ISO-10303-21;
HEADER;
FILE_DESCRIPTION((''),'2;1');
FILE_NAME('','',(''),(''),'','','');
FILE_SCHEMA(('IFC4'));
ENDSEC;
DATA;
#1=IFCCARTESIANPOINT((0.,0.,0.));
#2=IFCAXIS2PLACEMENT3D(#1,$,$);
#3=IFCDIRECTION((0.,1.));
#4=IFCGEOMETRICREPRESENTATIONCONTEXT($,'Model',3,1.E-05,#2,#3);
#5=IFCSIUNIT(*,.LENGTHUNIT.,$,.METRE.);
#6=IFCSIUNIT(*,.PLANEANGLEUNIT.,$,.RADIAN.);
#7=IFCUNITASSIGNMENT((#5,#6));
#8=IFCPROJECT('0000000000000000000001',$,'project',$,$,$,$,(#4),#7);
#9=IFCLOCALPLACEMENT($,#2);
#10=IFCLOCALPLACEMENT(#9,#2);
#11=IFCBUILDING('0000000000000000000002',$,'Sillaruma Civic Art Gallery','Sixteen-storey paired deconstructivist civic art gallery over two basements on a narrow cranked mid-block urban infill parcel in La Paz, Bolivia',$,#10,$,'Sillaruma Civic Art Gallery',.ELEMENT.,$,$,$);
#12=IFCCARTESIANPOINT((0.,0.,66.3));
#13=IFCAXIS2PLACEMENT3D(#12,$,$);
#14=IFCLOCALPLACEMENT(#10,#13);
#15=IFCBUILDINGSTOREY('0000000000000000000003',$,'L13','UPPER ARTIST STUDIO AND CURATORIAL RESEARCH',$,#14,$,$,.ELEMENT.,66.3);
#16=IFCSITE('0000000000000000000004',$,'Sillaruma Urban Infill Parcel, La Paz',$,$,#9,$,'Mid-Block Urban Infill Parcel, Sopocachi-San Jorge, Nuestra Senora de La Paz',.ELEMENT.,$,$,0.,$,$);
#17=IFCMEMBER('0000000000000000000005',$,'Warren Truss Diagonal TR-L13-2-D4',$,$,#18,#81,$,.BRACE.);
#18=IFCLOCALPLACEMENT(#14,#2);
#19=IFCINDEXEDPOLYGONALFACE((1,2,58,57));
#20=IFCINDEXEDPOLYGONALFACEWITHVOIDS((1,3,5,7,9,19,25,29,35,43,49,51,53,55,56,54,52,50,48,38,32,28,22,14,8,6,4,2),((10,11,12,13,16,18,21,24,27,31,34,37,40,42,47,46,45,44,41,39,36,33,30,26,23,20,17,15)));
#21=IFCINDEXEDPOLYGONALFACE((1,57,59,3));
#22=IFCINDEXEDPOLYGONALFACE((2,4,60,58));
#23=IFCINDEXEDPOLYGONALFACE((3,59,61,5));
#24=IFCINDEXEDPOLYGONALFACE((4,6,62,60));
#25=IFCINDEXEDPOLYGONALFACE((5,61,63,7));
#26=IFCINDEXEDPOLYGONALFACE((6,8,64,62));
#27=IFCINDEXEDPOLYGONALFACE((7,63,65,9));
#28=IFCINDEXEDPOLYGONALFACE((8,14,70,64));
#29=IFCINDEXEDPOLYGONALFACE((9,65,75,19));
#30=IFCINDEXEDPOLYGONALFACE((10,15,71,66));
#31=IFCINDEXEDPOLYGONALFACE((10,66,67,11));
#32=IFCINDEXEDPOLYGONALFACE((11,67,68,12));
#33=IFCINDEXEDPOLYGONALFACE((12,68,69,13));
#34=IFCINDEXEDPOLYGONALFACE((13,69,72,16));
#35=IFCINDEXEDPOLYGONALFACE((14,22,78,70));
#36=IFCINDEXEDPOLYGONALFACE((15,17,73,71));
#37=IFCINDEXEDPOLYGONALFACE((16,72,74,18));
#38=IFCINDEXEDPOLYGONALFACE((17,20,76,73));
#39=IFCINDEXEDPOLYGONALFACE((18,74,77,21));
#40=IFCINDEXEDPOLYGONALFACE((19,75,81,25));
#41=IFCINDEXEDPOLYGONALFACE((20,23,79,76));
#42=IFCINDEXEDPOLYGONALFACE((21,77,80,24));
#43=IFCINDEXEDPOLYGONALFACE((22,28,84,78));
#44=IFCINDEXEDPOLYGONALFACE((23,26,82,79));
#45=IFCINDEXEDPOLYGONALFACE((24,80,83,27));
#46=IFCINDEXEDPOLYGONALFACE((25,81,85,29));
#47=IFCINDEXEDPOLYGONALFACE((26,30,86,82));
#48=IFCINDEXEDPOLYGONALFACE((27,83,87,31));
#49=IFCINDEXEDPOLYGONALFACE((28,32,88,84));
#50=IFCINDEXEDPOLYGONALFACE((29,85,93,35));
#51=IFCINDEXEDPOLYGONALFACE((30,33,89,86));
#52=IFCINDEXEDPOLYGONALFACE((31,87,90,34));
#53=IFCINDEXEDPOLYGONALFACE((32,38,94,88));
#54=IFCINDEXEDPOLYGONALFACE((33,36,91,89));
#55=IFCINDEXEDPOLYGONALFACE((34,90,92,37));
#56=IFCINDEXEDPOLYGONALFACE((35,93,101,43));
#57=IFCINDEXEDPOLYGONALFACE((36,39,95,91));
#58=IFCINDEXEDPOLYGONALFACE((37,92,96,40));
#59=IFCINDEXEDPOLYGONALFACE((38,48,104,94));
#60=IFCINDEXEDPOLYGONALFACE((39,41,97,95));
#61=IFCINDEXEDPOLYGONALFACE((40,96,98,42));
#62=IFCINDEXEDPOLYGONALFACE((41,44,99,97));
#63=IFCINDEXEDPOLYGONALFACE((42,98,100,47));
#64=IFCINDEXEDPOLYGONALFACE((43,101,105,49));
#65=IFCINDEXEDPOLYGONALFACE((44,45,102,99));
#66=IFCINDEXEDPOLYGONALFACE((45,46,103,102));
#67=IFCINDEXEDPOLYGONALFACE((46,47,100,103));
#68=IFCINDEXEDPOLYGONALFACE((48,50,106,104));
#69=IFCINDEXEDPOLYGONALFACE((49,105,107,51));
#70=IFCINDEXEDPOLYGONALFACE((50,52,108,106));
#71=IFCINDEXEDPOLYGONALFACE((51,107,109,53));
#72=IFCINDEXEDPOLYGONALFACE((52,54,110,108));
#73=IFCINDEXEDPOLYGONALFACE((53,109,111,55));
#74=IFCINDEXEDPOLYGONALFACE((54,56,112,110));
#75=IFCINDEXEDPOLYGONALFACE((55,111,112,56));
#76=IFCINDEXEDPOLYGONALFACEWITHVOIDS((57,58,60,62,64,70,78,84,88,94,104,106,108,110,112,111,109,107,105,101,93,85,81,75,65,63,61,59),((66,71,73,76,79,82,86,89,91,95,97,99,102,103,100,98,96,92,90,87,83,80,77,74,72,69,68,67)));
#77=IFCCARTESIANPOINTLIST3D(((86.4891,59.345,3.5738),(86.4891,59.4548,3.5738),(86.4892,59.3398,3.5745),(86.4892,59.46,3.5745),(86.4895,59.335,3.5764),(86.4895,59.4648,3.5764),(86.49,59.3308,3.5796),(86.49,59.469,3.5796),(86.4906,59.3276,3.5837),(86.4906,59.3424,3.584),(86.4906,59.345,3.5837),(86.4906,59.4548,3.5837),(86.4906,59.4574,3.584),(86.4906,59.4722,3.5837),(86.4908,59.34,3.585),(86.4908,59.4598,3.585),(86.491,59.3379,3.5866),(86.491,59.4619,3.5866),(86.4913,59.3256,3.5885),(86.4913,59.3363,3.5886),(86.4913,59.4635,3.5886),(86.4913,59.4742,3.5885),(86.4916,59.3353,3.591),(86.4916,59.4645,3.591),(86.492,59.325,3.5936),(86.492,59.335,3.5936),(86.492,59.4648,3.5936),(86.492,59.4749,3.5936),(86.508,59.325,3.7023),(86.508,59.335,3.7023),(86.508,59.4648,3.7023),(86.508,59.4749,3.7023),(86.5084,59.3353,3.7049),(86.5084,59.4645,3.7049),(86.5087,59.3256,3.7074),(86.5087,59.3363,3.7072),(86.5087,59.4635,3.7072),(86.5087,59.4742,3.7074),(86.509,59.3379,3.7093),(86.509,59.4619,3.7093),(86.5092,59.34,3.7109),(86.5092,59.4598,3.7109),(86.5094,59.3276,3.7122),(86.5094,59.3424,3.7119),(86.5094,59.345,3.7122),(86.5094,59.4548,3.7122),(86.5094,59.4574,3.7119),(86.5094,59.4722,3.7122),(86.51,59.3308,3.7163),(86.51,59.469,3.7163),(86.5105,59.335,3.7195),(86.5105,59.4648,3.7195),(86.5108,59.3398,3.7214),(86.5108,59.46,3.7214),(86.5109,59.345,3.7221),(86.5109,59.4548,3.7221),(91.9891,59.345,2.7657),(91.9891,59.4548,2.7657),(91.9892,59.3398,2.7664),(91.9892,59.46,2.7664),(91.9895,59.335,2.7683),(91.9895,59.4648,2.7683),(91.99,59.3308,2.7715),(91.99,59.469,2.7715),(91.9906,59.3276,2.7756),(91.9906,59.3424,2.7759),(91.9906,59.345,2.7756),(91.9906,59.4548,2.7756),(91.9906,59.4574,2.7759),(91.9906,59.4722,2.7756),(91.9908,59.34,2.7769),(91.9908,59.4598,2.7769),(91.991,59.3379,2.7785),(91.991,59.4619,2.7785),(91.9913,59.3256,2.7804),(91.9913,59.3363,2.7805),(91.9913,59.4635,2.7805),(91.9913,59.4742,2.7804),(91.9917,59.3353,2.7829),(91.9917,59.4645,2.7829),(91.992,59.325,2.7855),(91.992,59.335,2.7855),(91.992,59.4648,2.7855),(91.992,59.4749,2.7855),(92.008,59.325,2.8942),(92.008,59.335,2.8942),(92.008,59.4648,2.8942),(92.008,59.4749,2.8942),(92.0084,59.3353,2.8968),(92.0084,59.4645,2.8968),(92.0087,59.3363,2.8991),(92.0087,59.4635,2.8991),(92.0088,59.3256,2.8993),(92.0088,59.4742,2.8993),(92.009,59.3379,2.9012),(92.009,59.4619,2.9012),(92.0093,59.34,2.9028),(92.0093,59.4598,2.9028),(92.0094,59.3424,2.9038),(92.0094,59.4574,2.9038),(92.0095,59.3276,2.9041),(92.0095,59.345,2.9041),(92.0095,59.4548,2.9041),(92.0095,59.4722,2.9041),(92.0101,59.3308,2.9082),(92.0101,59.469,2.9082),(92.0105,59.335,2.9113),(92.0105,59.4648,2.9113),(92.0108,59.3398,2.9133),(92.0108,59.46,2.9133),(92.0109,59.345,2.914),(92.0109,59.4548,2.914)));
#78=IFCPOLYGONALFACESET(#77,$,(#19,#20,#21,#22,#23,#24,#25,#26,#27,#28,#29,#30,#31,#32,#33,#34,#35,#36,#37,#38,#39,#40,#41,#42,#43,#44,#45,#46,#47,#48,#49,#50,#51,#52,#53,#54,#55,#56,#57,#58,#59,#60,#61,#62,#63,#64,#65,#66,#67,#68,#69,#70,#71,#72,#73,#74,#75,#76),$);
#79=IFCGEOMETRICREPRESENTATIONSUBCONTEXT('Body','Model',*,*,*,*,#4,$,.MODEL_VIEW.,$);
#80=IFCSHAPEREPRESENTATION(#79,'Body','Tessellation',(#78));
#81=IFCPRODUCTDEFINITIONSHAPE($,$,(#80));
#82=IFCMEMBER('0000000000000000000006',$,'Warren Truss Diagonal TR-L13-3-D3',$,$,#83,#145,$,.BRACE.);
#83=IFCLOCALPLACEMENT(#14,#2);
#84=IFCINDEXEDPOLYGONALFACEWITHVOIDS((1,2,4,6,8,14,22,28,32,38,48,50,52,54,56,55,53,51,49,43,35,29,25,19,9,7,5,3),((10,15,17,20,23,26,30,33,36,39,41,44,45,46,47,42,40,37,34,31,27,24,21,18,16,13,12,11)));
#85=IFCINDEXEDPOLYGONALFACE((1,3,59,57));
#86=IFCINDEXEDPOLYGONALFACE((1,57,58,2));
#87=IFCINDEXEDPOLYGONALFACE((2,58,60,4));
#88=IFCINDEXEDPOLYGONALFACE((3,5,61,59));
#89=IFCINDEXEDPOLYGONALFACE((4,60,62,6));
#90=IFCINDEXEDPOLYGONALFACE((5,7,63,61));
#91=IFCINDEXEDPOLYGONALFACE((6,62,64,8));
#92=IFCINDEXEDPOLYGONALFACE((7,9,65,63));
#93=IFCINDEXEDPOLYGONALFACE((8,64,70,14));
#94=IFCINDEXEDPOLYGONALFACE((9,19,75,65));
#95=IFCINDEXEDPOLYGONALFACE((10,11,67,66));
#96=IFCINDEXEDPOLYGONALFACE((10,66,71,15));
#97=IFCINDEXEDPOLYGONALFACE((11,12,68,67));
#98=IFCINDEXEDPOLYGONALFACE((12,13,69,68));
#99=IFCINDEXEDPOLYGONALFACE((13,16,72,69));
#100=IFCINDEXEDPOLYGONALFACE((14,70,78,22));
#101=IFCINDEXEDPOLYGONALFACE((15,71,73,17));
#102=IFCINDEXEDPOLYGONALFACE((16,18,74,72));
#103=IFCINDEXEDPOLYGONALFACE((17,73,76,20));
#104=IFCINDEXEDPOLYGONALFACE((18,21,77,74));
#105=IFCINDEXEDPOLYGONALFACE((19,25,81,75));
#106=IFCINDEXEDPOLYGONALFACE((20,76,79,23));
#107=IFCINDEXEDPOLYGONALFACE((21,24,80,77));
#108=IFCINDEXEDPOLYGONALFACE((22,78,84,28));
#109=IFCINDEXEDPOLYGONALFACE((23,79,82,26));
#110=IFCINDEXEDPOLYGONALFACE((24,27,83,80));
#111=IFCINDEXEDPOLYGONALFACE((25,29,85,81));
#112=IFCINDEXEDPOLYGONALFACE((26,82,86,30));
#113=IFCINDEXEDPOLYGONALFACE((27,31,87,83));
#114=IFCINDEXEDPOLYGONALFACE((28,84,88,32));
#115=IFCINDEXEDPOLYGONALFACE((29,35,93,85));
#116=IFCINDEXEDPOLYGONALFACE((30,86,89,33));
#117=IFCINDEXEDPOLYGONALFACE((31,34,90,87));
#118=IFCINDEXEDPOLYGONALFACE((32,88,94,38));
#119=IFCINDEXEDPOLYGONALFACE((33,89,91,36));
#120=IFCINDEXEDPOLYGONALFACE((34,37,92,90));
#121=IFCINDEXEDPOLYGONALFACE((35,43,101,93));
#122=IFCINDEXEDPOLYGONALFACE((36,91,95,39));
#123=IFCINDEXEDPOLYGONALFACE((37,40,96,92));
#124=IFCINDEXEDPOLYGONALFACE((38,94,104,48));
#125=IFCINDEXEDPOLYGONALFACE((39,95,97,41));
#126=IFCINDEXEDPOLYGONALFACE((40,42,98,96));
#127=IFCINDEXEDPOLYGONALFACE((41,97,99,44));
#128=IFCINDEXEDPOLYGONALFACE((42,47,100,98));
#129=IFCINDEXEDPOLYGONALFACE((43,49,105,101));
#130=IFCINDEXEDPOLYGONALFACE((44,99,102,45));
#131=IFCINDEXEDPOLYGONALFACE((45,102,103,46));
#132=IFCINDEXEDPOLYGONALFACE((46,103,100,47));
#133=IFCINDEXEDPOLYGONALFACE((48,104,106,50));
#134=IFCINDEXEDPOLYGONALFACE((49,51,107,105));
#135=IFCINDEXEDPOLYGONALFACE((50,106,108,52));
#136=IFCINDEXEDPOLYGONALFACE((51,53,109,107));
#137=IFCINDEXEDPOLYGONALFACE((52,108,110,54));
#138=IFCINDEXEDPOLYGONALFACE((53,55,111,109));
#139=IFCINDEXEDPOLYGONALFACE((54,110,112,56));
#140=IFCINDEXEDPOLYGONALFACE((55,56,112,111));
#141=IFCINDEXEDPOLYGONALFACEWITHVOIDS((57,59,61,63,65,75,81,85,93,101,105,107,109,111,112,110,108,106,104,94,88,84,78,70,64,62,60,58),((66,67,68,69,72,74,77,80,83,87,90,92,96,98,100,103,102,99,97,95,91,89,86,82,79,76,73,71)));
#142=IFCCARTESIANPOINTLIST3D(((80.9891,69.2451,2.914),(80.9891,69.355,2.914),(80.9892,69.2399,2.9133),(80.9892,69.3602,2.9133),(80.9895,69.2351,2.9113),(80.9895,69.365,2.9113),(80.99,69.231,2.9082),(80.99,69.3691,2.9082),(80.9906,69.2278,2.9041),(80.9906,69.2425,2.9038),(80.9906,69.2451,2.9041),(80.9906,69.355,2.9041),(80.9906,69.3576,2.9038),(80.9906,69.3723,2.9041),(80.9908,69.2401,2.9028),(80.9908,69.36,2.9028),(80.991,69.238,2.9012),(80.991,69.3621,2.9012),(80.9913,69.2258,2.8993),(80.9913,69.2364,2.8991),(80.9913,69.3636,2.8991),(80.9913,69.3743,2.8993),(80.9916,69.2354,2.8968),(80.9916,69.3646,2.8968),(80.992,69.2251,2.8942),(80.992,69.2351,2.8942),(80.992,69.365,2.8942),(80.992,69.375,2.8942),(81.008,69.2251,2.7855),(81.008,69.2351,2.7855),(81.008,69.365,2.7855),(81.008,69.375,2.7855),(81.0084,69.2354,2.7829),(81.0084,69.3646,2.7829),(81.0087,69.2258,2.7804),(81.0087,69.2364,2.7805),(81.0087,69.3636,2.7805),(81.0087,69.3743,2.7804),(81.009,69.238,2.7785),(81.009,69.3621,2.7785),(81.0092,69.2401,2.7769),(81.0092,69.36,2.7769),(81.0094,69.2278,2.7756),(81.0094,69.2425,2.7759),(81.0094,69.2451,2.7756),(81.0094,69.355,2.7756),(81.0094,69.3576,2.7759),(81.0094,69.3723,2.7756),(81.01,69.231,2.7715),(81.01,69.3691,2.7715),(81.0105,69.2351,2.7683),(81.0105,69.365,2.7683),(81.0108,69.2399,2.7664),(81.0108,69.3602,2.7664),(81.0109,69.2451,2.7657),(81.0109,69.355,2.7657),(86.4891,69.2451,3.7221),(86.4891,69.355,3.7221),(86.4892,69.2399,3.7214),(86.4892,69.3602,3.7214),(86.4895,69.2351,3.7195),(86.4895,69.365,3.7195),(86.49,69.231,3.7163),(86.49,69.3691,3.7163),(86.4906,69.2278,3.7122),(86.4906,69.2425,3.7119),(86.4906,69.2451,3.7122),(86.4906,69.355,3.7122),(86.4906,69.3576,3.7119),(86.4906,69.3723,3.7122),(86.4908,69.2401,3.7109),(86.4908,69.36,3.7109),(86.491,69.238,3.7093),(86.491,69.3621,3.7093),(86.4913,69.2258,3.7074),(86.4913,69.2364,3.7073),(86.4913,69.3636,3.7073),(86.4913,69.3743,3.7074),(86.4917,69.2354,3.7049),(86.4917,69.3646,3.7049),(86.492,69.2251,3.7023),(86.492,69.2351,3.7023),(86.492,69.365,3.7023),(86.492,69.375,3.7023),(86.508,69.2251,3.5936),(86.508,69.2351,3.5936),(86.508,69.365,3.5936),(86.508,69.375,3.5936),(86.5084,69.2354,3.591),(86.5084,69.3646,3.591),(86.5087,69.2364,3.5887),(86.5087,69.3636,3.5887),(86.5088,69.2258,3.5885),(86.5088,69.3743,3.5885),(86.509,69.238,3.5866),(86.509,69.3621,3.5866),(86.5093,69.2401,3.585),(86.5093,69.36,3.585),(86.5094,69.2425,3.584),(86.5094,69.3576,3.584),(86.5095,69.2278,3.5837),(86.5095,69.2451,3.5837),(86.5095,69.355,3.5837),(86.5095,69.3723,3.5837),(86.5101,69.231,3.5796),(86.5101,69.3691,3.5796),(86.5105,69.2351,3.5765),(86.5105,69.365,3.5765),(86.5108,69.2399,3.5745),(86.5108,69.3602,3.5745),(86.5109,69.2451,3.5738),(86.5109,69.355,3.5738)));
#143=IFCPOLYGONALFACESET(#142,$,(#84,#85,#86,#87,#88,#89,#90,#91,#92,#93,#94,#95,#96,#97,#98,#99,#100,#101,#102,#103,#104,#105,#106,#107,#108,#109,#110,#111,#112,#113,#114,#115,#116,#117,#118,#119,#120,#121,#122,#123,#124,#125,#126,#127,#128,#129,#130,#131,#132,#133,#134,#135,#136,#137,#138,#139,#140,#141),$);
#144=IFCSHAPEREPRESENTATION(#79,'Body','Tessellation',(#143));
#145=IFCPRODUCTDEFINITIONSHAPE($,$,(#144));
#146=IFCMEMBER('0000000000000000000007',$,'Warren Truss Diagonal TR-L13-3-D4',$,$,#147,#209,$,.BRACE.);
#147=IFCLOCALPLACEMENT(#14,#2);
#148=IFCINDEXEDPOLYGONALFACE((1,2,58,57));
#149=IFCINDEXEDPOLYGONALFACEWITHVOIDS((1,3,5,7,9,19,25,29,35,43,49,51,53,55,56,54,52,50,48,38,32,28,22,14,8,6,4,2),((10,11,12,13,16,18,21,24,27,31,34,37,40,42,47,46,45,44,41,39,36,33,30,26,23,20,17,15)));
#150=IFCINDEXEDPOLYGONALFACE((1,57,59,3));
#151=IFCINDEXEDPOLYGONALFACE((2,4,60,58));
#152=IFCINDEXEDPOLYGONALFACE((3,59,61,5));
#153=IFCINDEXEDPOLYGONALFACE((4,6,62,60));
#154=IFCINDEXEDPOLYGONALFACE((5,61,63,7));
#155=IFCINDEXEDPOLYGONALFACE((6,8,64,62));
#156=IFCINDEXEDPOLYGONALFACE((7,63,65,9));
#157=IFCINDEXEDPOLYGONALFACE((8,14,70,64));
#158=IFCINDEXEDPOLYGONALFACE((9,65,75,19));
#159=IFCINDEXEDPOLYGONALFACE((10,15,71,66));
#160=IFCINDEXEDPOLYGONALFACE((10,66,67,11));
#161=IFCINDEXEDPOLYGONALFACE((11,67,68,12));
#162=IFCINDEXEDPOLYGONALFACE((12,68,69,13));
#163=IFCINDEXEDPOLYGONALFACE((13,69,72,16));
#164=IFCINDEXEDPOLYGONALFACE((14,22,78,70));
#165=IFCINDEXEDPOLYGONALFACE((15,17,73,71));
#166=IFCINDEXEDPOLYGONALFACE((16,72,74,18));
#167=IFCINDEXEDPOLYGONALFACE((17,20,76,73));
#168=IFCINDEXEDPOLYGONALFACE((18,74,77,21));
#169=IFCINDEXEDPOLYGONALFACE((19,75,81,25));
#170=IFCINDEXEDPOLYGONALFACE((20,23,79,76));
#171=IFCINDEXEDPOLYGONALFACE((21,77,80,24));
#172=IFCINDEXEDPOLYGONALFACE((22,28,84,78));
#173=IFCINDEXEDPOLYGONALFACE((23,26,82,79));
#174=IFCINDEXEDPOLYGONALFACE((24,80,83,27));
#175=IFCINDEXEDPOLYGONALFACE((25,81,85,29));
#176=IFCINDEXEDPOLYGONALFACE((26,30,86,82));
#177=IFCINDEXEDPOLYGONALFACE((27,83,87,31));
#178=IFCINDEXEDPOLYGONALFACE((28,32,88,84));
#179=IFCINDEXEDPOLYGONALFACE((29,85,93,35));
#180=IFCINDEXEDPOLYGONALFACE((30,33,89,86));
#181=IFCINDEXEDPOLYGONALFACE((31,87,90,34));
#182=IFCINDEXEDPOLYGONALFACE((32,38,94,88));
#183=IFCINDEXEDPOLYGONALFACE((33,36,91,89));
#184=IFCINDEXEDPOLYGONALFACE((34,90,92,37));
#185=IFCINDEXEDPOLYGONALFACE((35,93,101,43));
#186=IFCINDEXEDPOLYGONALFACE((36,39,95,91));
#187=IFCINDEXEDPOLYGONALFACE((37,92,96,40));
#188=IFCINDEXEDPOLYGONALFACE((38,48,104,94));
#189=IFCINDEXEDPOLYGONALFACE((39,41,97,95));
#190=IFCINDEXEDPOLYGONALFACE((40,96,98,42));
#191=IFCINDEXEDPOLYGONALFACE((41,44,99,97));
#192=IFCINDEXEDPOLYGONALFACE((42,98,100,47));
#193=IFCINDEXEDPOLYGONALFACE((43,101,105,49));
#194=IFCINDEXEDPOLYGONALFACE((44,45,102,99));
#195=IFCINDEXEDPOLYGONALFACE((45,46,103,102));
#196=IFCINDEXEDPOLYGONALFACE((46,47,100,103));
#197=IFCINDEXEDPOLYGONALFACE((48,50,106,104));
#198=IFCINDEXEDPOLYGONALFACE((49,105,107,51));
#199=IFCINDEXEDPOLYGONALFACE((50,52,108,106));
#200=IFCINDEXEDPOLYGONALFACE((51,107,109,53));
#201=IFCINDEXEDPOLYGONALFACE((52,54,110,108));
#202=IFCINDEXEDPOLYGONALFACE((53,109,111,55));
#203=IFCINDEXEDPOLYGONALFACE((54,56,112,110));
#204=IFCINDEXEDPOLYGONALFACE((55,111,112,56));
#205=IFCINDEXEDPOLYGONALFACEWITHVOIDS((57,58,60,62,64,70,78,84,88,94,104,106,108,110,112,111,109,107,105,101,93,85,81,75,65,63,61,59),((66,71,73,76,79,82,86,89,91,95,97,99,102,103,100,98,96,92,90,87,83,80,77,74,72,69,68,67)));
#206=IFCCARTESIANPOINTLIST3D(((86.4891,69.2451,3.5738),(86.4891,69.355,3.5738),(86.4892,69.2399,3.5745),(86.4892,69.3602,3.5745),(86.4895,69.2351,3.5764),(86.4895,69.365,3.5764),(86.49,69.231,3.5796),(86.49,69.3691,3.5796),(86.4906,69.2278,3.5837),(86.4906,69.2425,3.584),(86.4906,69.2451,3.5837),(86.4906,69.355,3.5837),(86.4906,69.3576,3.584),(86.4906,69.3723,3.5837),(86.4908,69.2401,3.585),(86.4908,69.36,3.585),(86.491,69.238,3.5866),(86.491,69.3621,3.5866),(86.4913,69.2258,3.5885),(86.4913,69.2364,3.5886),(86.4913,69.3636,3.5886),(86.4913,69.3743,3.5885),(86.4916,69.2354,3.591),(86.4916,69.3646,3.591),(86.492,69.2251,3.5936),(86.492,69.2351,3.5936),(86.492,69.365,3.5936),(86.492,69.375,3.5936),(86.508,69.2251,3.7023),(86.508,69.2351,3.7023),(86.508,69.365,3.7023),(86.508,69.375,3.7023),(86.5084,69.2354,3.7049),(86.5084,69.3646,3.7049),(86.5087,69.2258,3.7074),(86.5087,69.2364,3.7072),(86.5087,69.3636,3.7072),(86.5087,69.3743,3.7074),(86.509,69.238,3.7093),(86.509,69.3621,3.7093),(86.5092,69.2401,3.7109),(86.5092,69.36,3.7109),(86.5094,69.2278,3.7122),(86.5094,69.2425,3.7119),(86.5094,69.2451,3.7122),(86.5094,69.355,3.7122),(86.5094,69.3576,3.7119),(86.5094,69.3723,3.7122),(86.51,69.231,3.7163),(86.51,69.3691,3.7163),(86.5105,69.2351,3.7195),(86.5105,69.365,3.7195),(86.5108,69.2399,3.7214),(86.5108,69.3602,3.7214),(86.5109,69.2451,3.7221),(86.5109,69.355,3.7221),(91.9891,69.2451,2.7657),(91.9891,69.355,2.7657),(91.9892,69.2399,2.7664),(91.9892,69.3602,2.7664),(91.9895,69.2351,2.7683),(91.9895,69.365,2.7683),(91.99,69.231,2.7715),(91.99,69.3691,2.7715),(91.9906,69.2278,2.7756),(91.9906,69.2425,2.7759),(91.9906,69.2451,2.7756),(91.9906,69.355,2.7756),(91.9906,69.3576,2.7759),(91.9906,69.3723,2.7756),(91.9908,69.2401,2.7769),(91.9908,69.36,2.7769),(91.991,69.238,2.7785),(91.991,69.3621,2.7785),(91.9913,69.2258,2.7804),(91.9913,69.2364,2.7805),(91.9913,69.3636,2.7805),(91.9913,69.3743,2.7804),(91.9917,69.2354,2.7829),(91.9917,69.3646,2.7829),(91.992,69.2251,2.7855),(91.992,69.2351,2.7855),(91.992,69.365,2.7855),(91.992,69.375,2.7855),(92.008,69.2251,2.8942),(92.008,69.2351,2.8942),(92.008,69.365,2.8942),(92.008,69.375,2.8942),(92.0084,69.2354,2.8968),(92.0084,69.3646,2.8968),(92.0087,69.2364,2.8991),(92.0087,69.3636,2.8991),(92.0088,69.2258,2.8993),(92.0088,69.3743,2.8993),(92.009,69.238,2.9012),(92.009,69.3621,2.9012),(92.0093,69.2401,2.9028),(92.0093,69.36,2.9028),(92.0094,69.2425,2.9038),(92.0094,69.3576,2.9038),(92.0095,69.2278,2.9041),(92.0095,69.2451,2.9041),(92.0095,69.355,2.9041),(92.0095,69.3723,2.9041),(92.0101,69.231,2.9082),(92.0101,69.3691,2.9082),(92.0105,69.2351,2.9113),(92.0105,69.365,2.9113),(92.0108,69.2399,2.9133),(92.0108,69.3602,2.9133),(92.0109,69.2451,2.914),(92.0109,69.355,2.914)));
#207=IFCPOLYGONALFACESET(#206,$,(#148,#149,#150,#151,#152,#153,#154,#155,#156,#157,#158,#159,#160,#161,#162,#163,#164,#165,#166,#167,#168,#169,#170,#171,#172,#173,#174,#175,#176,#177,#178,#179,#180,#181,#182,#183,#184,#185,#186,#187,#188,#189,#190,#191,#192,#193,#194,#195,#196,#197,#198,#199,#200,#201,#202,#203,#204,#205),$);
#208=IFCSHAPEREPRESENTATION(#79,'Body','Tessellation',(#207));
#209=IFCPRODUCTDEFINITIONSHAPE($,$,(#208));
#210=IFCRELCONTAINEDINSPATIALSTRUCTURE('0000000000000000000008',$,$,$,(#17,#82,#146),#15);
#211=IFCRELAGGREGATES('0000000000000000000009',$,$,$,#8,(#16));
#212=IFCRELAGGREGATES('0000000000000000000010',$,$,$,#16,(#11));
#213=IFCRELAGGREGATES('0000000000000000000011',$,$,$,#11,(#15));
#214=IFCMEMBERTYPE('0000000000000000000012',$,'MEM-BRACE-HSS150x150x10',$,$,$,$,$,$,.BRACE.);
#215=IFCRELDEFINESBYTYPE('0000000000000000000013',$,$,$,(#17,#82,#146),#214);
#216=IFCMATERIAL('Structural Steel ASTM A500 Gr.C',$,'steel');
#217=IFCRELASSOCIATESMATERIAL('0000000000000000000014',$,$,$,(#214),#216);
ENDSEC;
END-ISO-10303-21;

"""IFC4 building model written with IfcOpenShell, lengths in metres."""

from ifc_helpers import new_model, si_unit, direction, frame, origin, origin_2d, place, context, subcontext, project, spatial, hollow_rectangle, extrude, material, material_profile, profile_set, type_object, element, save


model = new_model("IFC4")

# Units and contexts
model_context = context("Model", 3, precision=1e-05, world=origin(), true_north=direction((0.0, 1.0)))
body_context = subcontext(model_context, "Body", "Model", "MODEL_VIEW")
ifc_project = project(units=[si_unit("LENGTHUNIT", "METRE"), si_unit("PLANEANGLEUNIT", "RADIAN")], contexts=[model_context])

# Site, building, storey
site_placement = place(None, origin())
site = spatial("IfcSite", under=ifc_project, at=site_placement, Name="Sillaruma Urban Infill Parcel, La Paz", LongName="Mid-Block Urban Infill Parcel, Sopocachi-San Jorge, Nuestra Senora de La Paz", CompositionType="ELEMENT", RefElevation=0.0)
building_placement = place(site_placement, origin())
building = spatial("IfcBuilding", under=site, at=building_placement, Name="Sillaruma Civic Art Gallery", Description="Sixteen-storey paired deconstructivist civic art gallery over two basements on a narrow cranked mid-block urban infill parcel in La Paz, Bolivia", LongName="Sillaruma Civic Art Gallery", CompositionType="ELEMENT")
storey_placement = place(building_placement, frame((0.0, 0.0, 66.3)))
storey = spatial("IfcBuildingStorey", under=building, at=storey_placement, Name="L13", Description="UPPER ARTIST STUDIO AND CURATORIAL RESEARCH", CompositionType="ELEMENT", Elevation=66.3)

# Shared definitions
ifc_material_1 = material(Name="Structural Steel ASTM A500 Gr.C", Category="steel")

# Members
ifc_material_profile_1 = material_profile(ifc_material_1, hollow_rectangle(XDim=0.1499, YDim=0.1499, WallThickness=0.01, InnerFilletRadius=0.01, OuterFilletRadius=0.02, at=origin_2d()), Name="HSS150x150x10")
ifc_profile_set_1 = profile_set([ifc_material_profile_1], Name="Structural Steel ASTM A500 Gr.C")
member_type_1 = type_object("IfcMemberType", Name="MEM-BRACE-HSS150x150x10", PredefinedType="BRACE", material=ifc_profile_set_1)
for number, where, z_axis, x_axis, name in (
    (1, (86.5, 59.3999, 3.6479), (0.989378, 0.0, -0.145368), (0.0, 1.0, 0.0), "Warren Truss Diagonal TR-L13-2-D4"),
    (2, (81.0, 69.3, 2.8398), (0.989378, 0.0, 0.145368), (0.0, 1.0, 0.0), "Warren Truss Diagonal TR-L13-3-D3"),
    (3, (86.5, 69.3, 3.6479), (0.989378, 0.0, -0.145368), (0.0, 1.0, 0.0), "Warren Truss Diagonal TR-L13-3-D4"),
):
    element("IfcMember", number, at=place(storey_placement, frame(where, z_axis=z_axis, x_axis=x_axis)), inside=storey, type_object=member_type_1, Name=name, PredefinedType="BRACE", context=body_context, shape_type="SweptSolid", body=[
        extrude(hollow_rectangle(XDim=0.1499, YDim=0.1499, WallThickness=0.01, InnerFilletRadius=0.01, OuterFilletRadius=0.02, at=origin_2d()), origin(), (0.0, 0.0, 1.0), 5.5591),
    ])

save(model, "model.ifc")
